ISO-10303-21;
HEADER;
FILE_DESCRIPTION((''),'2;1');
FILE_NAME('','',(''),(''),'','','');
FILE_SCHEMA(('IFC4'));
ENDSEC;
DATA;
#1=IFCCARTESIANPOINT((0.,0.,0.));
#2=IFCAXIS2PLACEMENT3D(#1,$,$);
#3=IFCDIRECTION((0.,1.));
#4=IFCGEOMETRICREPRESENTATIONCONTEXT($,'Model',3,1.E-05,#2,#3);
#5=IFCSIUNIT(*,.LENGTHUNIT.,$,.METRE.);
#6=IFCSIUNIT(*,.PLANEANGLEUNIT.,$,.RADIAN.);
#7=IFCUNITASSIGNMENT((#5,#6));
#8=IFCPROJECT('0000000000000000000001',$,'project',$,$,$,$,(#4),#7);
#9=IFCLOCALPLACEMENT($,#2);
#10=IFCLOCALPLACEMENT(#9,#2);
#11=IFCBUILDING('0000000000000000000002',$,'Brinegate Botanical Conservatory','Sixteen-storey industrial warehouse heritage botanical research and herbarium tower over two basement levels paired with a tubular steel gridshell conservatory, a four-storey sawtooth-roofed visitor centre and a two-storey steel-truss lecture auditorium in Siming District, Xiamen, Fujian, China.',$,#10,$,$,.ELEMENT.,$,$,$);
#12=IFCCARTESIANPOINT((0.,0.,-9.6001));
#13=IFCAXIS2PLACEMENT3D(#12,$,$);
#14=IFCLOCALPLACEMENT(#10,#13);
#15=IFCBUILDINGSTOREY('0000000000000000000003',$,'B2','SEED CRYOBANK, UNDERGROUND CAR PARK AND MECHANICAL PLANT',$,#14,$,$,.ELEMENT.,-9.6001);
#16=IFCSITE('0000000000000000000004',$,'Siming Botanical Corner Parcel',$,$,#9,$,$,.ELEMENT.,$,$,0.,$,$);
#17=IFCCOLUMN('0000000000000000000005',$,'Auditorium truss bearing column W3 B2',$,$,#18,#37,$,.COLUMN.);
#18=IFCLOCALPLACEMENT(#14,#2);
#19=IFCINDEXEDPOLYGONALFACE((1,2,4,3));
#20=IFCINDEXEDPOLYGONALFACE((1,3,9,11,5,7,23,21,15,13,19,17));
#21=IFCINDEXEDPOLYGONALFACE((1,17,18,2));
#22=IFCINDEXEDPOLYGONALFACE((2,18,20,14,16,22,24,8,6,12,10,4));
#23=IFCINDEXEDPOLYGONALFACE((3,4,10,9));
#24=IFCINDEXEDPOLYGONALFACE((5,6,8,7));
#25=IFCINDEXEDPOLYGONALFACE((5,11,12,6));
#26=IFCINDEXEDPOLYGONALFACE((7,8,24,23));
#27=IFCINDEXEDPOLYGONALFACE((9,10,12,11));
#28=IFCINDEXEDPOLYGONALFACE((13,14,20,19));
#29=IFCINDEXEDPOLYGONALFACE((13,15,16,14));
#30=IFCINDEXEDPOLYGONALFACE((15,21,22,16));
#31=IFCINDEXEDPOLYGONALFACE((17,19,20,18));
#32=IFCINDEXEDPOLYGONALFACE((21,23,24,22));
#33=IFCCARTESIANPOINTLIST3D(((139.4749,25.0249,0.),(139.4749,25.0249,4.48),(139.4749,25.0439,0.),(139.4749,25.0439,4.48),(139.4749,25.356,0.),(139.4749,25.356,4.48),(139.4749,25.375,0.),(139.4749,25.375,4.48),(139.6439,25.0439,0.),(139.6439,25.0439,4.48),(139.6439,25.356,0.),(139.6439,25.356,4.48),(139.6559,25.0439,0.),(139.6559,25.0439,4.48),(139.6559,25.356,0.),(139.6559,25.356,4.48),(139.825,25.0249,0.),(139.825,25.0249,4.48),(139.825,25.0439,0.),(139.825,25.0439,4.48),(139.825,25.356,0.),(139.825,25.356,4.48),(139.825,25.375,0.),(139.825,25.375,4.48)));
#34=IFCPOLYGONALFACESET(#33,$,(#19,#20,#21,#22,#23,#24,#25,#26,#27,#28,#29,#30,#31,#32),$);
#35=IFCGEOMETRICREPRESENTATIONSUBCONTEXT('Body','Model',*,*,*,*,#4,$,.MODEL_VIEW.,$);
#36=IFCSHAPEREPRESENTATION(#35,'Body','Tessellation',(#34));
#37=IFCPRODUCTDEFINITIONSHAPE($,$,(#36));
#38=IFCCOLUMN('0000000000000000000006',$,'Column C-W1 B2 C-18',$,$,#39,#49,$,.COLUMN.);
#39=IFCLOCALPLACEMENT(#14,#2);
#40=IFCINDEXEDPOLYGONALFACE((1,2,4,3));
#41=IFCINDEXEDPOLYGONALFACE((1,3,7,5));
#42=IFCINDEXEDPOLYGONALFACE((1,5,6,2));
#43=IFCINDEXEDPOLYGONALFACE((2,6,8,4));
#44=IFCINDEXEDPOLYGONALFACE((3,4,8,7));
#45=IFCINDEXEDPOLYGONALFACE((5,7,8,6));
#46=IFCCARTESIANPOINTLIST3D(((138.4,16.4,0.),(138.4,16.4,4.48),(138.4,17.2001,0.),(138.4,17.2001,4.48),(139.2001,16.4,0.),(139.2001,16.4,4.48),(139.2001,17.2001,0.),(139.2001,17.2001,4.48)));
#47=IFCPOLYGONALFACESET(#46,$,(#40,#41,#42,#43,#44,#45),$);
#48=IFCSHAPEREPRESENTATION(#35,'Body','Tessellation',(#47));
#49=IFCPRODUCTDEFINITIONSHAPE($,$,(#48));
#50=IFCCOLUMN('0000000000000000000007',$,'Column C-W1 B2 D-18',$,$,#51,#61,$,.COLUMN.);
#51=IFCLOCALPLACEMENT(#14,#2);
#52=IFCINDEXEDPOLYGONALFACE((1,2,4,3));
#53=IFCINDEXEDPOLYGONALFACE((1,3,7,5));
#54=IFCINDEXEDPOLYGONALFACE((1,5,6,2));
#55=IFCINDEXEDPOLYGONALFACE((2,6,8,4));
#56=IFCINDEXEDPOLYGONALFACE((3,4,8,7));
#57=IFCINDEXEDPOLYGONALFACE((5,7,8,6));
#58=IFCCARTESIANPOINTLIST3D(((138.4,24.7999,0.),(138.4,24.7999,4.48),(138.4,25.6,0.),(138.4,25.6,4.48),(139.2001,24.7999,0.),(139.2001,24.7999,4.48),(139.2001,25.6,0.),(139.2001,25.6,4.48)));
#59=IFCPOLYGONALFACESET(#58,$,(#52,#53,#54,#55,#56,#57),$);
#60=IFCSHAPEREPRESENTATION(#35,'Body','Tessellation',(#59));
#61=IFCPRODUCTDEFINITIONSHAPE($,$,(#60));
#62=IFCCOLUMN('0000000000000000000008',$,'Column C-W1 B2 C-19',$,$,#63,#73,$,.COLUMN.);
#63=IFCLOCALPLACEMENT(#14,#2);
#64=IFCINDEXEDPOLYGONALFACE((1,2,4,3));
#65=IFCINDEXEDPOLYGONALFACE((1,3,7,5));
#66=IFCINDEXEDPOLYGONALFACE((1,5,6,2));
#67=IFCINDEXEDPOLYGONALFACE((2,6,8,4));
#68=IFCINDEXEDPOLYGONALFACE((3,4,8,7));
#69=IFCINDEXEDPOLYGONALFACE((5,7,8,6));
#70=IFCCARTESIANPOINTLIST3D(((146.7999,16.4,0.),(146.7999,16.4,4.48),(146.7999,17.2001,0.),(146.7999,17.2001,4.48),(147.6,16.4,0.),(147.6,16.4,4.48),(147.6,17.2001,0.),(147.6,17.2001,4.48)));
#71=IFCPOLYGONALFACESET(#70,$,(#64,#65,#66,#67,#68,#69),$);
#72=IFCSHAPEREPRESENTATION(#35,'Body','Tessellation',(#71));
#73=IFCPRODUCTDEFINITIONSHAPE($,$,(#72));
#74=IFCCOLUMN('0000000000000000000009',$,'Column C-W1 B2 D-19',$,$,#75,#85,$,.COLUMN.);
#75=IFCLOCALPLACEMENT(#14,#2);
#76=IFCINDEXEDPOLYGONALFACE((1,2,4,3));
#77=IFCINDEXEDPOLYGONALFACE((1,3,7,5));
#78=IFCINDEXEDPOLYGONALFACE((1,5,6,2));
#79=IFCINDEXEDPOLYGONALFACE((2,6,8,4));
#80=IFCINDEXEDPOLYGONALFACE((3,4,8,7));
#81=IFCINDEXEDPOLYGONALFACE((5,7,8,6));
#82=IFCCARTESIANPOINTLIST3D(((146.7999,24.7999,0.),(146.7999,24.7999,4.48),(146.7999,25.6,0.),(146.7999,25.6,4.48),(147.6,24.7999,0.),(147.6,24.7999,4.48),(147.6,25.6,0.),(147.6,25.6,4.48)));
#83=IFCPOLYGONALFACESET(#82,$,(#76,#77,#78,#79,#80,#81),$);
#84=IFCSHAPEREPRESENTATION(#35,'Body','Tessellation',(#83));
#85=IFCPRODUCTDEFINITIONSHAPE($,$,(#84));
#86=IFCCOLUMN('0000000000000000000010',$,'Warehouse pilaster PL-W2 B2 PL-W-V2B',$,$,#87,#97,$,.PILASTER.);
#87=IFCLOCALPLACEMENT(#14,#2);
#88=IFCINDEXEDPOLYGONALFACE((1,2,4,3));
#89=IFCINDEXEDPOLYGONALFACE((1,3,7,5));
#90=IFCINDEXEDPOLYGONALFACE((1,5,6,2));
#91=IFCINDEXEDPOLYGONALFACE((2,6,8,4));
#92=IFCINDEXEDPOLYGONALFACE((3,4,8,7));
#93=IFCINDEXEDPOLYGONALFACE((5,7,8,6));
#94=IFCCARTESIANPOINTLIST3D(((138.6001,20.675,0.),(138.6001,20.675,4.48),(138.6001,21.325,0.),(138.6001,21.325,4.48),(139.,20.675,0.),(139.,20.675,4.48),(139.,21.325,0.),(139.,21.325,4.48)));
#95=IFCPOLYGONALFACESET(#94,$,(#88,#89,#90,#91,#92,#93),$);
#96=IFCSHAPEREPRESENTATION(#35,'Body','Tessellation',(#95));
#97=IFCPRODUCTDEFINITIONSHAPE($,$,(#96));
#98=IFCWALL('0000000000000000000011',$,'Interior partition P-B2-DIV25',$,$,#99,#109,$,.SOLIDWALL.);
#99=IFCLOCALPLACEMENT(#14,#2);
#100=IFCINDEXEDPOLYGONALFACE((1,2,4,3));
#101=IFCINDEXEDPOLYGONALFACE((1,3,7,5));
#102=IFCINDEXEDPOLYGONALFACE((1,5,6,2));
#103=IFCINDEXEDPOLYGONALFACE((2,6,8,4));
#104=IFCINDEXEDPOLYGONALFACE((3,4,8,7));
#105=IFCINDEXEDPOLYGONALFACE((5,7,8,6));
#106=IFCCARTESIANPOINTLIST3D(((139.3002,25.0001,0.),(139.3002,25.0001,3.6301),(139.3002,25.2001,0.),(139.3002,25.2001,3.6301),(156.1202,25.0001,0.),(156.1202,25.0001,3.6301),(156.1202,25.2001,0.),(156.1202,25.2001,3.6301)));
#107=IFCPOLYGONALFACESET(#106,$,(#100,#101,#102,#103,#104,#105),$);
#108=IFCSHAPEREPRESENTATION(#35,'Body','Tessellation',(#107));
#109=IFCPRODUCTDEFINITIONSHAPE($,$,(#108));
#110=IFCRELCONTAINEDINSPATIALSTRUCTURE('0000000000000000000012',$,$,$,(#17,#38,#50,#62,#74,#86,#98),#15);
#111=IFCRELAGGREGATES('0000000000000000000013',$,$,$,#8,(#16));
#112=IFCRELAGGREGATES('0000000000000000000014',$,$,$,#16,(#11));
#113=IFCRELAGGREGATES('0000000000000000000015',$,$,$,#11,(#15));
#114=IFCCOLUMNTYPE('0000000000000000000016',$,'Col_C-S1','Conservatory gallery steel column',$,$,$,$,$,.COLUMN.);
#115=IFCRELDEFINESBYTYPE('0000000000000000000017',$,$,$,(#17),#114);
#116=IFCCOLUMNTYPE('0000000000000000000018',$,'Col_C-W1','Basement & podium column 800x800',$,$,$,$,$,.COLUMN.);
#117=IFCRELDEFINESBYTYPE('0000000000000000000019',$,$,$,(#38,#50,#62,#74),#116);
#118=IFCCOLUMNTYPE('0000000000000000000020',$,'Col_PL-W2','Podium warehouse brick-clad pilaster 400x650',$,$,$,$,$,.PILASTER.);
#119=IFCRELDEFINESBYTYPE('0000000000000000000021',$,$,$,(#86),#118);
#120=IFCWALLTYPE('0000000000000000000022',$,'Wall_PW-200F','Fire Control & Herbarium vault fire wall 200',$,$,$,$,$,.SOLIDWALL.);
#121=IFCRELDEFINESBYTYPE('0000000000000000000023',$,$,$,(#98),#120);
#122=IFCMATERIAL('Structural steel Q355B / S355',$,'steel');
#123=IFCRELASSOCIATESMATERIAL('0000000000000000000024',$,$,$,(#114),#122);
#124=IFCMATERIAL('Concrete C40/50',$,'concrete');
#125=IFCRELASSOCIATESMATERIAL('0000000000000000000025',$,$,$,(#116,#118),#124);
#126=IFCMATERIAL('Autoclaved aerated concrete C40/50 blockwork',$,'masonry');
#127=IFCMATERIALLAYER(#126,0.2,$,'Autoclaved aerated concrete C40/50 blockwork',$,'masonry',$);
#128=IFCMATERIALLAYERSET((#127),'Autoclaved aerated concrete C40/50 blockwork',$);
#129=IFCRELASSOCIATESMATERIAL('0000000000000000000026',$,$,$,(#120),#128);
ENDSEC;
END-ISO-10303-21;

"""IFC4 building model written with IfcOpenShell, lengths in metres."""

from ifc_helpers import new_model, si_unit, direction, frame, frame_2d, origin, origin_2d, place, context, subcontext, project, spatial, rectangle, i_section, extrude, material, layer, layer_set, material_profile, profile_set, type_object, element, save


model = new_model("IFC4")

# Units and contexts
model_context = context("Model", 3, precision=1e-05, world=origin(), true_north=direction((0.0, 1.0)))
body_context = subcontext(model_context, "Body", "Model", "MODEL_VIEW")
ifc_project = project(units=[si_unit("LENGTHUNIT", "METRE"), si_unit("PLANEANGLEUNIT", "RADIAN")], contexts=[model_context])

# Site, building, storey
site_placement = place(None, origin())
site = spatial("IfcSite", under=ifc_project, at=site_placement, Name="Siming Botanical Corner Parcel", CompositionType="ELEMENT", RefElevation=0.0)
building_placement = place(site_placement, origin())
building = spatial("IfcBuilding", under=site, at=building_placement, Name="Brinegate Botanical Conservatory", Description="Sixteen-storey industrial warehouse heritage botanical research and herbarium tower over two basement levels paired with a tubular steel gridshell conservatory, a four-storey sawtooth-roofed visitor centre and a two-storey steel-truss lecture auditorium in Siming District, Xiamen, Fujian, China.", CompositionType="ELEMENT")
storey_placement = place(building_placement, frame((0.0, 0.0, -9.6001)))
storey = spatial("IfcBuildingStorey", under=building, at=storey_placement, Name="B2", Description="SEED CRYOBANK, UNDERGROUND CAR PARK AND MECHANICAL PLANT", CompositionType="ELEMENT", Elevation=-9.6001)

# Shared definitions
ifc_material_1 = material(Name="Concrete C40/50", Category="concrete")

# Columns
ifc_material_2 = material(Name="Structural steel Q355B / S355", Category="steel")
ifc_material_profile_1 = material_profile(ifc_material_2, i_section(OverallWidth=0.3501, OverallDepth=0.3501, WebThickness=0.012, FlangeThickness=0.019, at=origin_2d()), Name="HW 350x350x12x19")
ifc_profile_set_1 = profile_set([ifc_material_profile_1], Name="Structural steel Q355B / S355")
column_type_1 = type_object("IfcColumnType", Name="Col_C-S1", Description="Conservatory gallery steel column", PredefinedType="COLUMN", material=ifc_profile_set_1)
for number, where, z_axis, x_axis, name in (
    (1, (139.6499, 25.2, 0.0), (0.0, 0.0, 1.0), (1.0, 0.0, 0.0), "Auditorium truss bearing column W3 B2"),
):
    element("IfcColumn", number, at=place(storey_placement, frame(where, z_axis=z_axis, x_axis=x_axis)), inside=storey, type_object=column_type_1, Name=name, PredefinedType="COLUMN", context=body_context, shape_type="SweptSolid", body=[
        extrude(i_section(OverallWidth=0.3501, OverallDepth=0.3501, WebThickness=0.012, FlangeThickness=0.019, at=origin_2d()), origin(), (0.0, 0.0, 1.0), 4.48),
    ])
ifc_material_profile_2 = material_profile(ifc_material_1, rectangle(XDim=0.8, YDim=0.8, at=origin_2d()), Name="RC COL 800x800")
ifc_profile_set_2 = profile_set([ifc_material_profile_2], Name="Concrete C40/50")
column_type_2 = type_object("IfcColumnType", Name="Col_C-W1", Description="Basement & podium column 800x800", PredefinedType="COLUMN", material=ifc_profile_set_2)
for number, where, z_axis, x_axis, name in (
    (2, (138.8, 16.8, 0.0), (0.0, 0.0, 1.0), (1.0, 0.0, 0.0), "Column C-W1 B2 C-18"),
    (3, (138.8, 25.2, 0.0), (0.0, 0.0, 1.0), (1.0, 0.0, 0.0), "Column C-W1 B2 D-18"),
    (4, (147.2, 16.8, 0.0), (0.0, 0.0, 1.0), (1.0, 0.0, 0.0), "Column C-W1 B2 C-19"),
    (5, (147.2, 25.2, 0.0), (0.0, 0.0, 1.0), (1.0, 0.0, 0.0), "Column C-W1 B2 D-19"),
):
    element("IfcColumn", number, at=place(storey_placement, frame(where, z_axis=z_axis, x_axis=x_axis)), inside=storey, type_object=column_type_2, Name=name, PredefinedType="COLUMN", context=body_context, shape_type="SweptSolid", body=[
        extrude(rectangle(XDim=0.8, YDim=0.8, at=origin_2d()), origin(), (0.0, 0.0, 1.0), 4.48),
    ])
ifc_material_profile_3 = material_profile(ifc_material_1, rectangle(XDim=0.3999, YDim=0.6499, at=origin_2d()), Name="RC PILASTER 400x650")
ifc_profile_set_3 = profile_set([ifc_material_profile_3], Name="Concrete C40/50")
column_type_3 = type_object("IfcColumnType", Name="Col_PL-W2", Description="Podium warehouse brick-clad pilaster 400x650", PredefinedType="PILASTER", material=ifc_profile_set_3)
column_placement = place(storey_placement, frame((138.8, 21.0, 0.0), z_axis=(0.0, 0.0, 1.0), x_axis=(1.0, 0.0, 0.0)))
element("IfcColumn", 6, at=column_placement, inside=storey, type_object=column_type_3, Name="Warehouse pilaster PL-W2 B2 PL-W-V2B", PredefinedType="PILASTER", context=body_context, shape_type="SweptSolid", body=[
    extrude(rectangle(XDim=0.3999, YDim=0.6499, at=origin_2d()), origin(), (0.0, 0.0, 1.0), 4.48),
])

# Wall
ifc_material_3 = material(Name="Autoclaved aerated concrete C40/50 blockwork", Category="masonry")
ifc_layer = layer(ifc_material_3, 0.2, Name="Autoclaved aerated concrete C40/50 blockwork", Category="masonry")
ifc_layer_set = layer_set([ifc_layer], Name="Autoclaved aerated concrete C40/50 blockwork")
wall_type = type_object("IfcWallType", Name="Wall_PW-200F", Description="Fire Control & Herbarium vault fire wall 200", PredefinedType="SOLIDWALL", material=ifc_layer_set)
wall_placement = place(storey_placement, frame((139.3, 25.1001, 0.0), z_axis=(0.0, 0.0, 1.0), x_axis=(1.0, 0.0, 0.0)))
element("IfcWall", 7, at=wall_placement, inside=storey, type_object=wall_type, Name="Interior partition P-B2-DIV25", PredefinedType="SOLIDWALL", context=body_context, shape_type="SweptSolid", body=[
    extrude(rectangle(XDim=16.8201, YDim=0.2, at=frame_2d((8.4102, 0.0))), origin(), (0.0, 0.0, 1.0), 3.6301),
])

save(model, "model.ifc")
